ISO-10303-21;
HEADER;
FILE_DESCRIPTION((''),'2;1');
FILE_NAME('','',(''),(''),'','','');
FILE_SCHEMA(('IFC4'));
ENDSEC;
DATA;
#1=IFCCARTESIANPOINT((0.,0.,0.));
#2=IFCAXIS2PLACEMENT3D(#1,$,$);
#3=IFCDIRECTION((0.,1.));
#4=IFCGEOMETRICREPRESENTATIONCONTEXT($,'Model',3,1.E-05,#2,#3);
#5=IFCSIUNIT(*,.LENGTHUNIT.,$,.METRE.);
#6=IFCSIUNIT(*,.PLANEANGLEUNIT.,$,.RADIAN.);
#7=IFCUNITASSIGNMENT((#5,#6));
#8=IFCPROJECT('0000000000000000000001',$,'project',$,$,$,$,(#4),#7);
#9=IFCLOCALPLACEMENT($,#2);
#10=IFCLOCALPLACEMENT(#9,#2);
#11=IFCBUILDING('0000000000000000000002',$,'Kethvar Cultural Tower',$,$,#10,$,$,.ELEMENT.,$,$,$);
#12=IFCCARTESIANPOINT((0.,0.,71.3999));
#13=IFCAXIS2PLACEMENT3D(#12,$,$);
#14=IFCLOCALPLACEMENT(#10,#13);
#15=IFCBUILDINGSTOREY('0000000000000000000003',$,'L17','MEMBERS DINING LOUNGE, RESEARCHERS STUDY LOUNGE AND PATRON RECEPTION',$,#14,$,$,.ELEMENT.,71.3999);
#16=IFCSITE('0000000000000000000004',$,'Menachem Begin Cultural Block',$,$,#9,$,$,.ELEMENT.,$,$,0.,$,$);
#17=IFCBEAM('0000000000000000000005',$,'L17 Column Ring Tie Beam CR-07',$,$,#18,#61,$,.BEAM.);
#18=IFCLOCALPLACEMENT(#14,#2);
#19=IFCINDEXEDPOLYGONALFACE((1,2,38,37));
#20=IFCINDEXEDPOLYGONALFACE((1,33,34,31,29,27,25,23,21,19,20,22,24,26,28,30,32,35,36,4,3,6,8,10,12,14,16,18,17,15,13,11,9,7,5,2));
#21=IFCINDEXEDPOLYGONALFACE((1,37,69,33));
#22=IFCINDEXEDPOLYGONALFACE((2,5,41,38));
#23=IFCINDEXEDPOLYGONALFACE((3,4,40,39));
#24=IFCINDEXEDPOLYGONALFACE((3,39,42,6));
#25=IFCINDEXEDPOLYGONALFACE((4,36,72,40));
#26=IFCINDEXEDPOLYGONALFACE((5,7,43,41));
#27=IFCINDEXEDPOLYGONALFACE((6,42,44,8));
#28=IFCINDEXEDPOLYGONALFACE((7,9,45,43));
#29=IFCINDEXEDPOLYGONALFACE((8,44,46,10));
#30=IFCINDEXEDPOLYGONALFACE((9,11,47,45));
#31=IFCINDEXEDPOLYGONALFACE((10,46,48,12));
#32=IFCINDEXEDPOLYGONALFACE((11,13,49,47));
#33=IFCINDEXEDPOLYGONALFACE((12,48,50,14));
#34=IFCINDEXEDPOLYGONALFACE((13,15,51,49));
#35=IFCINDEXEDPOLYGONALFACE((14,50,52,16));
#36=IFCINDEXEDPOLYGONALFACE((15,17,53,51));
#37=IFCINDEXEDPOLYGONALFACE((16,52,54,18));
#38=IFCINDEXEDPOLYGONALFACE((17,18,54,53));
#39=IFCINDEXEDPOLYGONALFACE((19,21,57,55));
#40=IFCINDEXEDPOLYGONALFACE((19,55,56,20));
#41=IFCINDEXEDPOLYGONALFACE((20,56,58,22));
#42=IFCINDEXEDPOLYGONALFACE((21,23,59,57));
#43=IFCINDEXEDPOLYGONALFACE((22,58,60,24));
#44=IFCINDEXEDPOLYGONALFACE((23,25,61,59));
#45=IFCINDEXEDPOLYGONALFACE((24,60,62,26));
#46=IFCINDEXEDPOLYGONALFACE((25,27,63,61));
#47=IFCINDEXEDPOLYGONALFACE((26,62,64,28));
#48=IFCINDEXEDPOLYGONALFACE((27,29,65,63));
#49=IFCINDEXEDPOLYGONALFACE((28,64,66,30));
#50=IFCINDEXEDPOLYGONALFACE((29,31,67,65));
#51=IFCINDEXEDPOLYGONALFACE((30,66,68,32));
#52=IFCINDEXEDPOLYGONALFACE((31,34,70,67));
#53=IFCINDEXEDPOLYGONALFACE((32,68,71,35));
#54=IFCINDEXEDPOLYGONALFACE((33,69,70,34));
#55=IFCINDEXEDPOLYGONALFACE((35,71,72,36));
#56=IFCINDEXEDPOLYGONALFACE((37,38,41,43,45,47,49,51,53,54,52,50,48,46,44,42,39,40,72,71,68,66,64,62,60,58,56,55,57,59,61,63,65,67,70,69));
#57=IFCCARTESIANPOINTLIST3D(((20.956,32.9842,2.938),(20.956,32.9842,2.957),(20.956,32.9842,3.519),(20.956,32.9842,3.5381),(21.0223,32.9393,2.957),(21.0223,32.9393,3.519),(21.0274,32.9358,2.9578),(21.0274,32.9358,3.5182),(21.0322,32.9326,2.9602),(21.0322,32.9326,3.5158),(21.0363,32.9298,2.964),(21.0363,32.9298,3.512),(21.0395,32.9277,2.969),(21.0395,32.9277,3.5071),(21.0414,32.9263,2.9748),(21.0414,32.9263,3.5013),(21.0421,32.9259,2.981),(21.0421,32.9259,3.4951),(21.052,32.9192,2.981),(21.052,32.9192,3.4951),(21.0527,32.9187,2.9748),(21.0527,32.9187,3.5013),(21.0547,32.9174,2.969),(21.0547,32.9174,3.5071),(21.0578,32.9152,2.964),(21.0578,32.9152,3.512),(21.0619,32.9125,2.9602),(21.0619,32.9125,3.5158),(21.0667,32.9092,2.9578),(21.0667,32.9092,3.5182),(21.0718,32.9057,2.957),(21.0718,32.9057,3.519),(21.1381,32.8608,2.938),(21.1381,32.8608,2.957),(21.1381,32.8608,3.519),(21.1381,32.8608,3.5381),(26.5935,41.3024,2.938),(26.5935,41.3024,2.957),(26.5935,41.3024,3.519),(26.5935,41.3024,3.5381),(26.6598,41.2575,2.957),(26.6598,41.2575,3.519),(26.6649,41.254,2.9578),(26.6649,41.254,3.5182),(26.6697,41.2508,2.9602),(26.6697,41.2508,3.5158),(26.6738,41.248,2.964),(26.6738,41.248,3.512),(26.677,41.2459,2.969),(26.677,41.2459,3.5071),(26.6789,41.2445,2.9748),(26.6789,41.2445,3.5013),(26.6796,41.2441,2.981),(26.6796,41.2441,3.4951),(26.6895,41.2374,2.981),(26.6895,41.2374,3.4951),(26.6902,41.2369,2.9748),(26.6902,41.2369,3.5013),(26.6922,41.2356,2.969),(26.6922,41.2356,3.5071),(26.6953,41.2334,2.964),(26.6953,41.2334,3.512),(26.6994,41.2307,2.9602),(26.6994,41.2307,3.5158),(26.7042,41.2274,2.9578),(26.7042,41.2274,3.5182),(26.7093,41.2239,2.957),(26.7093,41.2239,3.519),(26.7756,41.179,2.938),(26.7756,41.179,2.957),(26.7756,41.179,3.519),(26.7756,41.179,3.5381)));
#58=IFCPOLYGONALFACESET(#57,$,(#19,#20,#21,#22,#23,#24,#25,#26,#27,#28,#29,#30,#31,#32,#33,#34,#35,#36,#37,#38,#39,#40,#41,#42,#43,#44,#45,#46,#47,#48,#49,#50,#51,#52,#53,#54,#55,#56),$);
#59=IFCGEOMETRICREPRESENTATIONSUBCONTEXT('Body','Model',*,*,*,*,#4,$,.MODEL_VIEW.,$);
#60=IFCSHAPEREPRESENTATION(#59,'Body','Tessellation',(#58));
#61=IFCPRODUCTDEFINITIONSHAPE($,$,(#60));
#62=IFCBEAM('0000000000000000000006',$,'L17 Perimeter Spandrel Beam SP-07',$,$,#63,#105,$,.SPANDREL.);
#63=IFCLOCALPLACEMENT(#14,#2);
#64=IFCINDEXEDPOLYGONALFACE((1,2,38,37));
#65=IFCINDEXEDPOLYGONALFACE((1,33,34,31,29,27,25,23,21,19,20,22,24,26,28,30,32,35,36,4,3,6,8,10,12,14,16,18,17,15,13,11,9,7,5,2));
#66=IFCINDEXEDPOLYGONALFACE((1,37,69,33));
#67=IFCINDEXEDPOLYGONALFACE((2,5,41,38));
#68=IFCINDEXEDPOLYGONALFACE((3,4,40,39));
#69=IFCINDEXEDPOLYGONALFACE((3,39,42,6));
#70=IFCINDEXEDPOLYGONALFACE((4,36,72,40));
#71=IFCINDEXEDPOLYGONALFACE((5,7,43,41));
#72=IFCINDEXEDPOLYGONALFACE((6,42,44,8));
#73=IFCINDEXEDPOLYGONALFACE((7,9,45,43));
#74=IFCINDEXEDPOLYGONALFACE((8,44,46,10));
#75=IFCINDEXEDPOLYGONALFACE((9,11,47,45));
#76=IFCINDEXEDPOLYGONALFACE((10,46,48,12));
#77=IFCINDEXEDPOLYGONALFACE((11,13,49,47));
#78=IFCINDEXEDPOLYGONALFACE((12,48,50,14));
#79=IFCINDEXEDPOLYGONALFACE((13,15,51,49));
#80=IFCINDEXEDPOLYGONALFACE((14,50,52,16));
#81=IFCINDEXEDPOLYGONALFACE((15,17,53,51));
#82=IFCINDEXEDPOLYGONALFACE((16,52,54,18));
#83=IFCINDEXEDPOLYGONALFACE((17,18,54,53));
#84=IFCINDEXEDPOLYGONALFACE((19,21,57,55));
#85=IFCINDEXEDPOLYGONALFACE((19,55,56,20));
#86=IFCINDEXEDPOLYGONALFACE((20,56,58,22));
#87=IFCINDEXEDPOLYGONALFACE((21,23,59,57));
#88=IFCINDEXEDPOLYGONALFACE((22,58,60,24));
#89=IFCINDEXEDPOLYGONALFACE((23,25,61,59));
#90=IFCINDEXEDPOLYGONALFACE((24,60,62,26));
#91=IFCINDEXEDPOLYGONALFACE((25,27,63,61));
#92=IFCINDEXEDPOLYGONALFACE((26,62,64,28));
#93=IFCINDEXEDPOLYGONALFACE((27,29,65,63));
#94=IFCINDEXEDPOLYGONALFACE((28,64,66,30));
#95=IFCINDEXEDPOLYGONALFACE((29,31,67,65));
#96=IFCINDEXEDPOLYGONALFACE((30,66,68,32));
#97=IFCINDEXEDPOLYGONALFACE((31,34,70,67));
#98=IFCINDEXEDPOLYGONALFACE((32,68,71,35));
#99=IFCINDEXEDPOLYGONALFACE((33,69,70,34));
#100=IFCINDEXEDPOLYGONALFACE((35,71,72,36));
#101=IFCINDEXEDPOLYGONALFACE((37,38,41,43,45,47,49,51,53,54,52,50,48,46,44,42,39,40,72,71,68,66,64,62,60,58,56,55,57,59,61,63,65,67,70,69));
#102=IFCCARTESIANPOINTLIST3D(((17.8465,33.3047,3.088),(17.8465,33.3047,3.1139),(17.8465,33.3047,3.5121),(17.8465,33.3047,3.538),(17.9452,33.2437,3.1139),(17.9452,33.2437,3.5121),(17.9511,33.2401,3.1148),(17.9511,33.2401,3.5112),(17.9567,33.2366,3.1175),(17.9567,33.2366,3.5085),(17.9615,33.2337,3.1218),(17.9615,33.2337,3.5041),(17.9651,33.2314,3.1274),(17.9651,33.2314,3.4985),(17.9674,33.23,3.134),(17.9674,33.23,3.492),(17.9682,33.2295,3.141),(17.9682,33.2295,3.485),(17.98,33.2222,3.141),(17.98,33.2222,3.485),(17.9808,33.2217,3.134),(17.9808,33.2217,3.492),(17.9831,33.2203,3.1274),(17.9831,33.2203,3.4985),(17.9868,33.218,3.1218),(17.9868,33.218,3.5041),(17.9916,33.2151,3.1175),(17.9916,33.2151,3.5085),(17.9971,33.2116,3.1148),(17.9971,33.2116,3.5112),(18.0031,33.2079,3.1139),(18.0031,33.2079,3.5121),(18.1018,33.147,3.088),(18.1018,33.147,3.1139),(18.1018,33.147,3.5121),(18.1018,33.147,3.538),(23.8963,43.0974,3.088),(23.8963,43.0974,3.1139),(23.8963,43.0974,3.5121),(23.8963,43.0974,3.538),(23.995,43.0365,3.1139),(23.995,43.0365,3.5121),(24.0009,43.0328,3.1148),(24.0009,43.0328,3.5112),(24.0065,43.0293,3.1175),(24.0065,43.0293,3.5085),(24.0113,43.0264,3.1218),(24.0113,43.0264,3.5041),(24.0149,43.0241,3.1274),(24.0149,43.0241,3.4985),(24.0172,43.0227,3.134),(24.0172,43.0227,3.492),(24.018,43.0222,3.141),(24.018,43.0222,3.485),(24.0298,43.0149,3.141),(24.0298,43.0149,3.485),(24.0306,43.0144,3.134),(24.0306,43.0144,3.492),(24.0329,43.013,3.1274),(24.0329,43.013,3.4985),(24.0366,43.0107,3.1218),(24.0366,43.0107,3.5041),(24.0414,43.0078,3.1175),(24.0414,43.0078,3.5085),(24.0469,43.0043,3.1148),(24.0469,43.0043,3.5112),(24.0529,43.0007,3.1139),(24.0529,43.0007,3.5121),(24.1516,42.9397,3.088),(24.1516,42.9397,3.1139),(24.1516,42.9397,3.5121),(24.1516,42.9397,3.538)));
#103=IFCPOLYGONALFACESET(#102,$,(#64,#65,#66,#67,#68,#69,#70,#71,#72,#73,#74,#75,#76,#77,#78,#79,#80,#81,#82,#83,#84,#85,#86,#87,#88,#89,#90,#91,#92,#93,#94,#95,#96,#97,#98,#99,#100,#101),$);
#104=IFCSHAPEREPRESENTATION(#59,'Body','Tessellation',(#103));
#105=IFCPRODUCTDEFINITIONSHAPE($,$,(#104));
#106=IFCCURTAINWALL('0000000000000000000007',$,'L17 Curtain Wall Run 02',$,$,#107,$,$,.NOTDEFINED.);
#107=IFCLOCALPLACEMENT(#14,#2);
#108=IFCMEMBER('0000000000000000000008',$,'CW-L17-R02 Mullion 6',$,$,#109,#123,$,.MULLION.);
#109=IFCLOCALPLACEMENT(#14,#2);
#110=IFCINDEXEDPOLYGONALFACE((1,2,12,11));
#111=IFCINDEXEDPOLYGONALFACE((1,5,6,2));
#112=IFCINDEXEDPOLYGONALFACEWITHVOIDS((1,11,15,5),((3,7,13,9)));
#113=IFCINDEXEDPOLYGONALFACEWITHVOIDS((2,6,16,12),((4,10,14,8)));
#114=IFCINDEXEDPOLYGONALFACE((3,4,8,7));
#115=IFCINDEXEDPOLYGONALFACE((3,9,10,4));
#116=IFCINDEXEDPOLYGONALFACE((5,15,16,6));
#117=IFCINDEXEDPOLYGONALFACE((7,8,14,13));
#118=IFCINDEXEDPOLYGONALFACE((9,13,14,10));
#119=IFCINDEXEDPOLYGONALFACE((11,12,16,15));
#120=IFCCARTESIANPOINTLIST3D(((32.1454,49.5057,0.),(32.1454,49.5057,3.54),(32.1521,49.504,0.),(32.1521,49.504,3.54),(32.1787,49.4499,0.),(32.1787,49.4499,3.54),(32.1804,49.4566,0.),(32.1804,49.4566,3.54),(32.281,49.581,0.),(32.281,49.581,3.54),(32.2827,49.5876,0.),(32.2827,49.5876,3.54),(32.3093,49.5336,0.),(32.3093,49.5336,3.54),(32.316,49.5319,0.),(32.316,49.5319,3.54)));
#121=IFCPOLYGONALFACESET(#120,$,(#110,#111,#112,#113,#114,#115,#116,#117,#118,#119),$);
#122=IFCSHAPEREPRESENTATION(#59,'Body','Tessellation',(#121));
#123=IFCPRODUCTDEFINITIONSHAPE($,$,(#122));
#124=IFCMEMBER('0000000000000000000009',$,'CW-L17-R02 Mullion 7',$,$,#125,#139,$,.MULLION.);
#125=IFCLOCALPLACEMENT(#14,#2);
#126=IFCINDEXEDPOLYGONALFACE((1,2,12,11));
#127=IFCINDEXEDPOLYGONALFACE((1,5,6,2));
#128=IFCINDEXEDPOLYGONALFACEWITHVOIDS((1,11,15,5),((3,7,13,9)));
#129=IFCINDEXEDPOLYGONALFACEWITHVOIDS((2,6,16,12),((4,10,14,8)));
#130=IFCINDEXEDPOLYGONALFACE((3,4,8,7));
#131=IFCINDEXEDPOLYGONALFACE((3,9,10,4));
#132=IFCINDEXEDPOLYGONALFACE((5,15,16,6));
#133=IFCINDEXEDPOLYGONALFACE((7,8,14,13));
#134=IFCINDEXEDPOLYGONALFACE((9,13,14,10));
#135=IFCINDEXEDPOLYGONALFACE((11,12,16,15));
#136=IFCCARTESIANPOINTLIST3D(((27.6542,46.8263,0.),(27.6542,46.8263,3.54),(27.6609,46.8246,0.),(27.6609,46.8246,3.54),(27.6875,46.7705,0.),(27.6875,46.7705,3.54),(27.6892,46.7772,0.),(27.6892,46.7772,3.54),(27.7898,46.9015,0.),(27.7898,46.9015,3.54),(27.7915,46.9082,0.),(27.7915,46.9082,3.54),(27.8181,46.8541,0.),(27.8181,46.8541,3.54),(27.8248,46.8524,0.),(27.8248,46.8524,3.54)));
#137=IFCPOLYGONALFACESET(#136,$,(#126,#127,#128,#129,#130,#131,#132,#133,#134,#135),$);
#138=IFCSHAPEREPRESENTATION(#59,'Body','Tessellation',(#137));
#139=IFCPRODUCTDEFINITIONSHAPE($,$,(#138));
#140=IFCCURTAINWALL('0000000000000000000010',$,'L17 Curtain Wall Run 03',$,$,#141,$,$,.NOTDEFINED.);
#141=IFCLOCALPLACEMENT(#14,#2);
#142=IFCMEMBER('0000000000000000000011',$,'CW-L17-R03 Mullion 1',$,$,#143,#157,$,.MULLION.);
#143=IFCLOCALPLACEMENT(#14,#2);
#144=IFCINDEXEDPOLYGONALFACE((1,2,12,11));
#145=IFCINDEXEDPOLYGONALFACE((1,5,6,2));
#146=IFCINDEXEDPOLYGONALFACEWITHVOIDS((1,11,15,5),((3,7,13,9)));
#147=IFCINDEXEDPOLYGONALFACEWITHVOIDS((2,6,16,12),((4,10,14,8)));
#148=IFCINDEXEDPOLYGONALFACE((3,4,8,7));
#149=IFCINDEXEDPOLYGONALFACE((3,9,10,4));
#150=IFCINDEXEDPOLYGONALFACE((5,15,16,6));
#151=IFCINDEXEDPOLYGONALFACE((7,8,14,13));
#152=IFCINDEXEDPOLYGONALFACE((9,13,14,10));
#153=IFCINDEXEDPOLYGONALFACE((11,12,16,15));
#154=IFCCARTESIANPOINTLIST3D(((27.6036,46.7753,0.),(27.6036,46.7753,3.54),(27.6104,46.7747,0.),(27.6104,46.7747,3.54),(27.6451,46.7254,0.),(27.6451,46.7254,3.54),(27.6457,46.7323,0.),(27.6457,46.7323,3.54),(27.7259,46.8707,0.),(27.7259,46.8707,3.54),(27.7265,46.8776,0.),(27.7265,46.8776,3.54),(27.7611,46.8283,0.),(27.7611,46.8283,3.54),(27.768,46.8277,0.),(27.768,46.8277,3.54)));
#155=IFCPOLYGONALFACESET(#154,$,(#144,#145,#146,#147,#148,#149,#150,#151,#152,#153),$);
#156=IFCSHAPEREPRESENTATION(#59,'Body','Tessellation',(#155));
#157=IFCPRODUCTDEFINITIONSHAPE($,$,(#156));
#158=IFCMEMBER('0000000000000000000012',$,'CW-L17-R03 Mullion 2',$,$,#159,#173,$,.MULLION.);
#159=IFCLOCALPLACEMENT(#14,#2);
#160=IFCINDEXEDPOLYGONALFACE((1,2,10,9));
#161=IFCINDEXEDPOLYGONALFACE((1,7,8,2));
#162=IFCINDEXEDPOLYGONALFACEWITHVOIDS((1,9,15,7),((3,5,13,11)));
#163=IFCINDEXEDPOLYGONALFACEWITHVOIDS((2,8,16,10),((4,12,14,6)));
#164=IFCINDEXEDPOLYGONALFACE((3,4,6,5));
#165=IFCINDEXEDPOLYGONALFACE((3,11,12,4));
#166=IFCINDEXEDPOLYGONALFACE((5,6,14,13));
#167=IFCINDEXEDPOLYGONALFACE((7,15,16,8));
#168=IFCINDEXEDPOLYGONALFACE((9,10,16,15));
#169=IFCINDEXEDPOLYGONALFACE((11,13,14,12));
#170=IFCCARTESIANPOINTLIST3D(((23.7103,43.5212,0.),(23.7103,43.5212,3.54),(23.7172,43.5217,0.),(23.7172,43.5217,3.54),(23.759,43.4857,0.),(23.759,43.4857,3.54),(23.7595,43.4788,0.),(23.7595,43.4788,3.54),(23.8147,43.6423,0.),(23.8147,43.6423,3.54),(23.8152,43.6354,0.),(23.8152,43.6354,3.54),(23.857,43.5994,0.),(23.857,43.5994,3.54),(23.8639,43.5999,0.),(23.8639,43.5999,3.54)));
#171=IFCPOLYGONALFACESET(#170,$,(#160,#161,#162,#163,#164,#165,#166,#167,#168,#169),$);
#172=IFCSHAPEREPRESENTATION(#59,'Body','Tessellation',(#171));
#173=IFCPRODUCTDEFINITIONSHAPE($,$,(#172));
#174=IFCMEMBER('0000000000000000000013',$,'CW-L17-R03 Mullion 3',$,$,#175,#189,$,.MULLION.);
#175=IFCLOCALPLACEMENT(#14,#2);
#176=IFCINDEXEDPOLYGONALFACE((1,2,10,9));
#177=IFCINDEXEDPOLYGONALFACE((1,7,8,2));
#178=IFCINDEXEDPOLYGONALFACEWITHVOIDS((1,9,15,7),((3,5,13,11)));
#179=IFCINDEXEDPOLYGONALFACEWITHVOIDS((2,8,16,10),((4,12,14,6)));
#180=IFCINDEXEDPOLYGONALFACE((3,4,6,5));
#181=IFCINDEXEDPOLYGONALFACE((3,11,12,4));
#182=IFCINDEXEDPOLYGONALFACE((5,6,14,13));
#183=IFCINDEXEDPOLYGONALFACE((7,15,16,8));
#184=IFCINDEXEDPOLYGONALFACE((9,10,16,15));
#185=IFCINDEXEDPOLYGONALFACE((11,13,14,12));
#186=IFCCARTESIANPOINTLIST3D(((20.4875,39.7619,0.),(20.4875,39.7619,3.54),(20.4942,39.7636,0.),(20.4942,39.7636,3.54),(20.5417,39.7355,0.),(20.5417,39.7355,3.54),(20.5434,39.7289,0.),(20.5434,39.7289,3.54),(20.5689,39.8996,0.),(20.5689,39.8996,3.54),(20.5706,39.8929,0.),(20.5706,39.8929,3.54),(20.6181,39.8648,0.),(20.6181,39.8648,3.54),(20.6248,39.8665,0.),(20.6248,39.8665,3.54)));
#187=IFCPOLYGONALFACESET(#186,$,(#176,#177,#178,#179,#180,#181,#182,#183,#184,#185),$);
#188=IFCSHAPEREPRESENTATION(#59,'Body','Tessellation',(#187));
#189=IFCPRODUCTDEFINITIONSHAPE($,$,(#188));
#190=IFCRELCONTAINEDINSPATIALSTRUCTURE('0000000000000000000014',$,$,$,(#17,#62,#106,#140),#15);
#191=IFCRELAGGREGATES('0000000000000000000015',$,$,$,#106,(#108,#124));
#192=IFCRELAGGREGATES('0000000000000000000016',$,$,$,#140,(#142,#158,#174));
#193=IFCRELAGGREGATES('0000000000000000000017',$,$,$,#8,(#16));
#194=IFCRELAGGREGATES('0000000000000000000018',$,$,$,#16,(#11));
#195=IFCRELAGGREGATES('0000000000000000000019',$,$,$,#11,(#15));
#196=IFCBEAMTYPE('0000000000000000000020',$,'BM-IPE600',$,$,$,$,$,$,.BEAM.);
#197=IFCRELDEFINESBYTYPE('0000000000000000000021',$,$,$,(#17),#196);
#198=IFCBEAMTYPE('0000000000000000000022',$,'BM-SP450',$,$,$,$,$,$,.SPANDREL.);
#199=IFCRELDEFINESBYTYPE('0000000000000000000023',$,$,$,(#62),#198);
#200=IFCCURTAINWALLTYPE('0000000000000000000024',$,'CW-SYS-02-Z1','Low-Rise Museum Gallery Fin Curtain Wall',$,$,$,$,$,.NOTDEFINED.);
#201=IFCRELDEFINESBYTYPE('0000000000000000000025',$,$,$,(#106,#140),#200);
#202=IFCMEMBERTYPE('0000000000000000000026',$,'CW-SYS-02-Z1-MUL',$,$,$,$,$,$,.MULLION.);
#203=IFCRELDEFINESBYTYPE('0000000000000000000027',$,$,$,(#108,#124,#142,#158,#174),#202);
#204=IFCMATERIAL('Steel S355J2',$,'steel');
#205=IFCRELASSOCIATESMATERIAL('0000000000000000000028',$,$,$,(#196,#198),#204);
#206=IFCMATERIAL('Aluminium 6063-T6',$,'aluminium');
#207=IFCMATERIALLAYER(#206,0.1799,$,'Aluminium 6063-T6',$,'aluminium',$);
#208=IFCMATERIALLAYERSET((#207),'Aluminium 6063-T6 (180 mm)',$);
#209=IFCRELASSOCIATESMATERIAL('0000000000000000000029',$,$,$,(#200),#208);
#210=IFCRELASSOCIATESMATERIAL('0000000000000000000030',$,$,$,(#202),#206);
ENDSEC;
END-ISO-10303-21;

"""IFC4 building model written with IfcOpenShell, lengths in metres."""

from ifc_helpers import new_model, si_unit, direction, frame, origin, origin_2d, place, context, subcontext, project, spatial, hollow_rectangle, i_section, extrude, source, transform, mapped, material, layer, layer_set, material_profile, profile_set, type_object, element, aggregate, save


model = new_model("IFC4")

# Units and contexts
model_context = context("Model", 3, precision=1e-05, world=origin(), true_north=direction((0.0, 1.0)))
body_context = subcontext(model_context, "Body", "Model", "MODEL_VIEW")
ifc_project = project(units=[si_unit("LENGTHUNIT", "METRE"), si_unit("PLANEANGLEUNIT", "RADIAN")], contexts=[model_context])

# Site, building, storey
site_placement = place(None, origin())
site = spatial("IfcSite", under=ifc_project, at=site_placement, Name="Menachem Begin Cultural Block", CompositionType="ELEMENT", RefElevation=0.0)
building_placement = place(site_placement, origin())
building = spatial("IfcBuilding", under=site, at=building_placement, Name="Kethvar Cultural Tower", CompositionType="ELEMENT")
storey_placement = place(building_placement, frame((0.0, 0.0, 71.3999)))
storey = spatial("IfcBuildingStorey", under=building, at=storey_placement, Name="L17", Description="MEMBERS DINING LOUNGE, RESEARCHERS STUDY LOUNGE AND PATRON RECEPTION", CompositionType="ELEMENT", Elevation=71.3999)

# Beams
ifc_material_1 = material(Name="Steel S355J2", Category="steel")
ifc_material_profile_1 = material_profile(ifc_material_1, i_section(OverallWidth=0.22, OverallDepth=0.6001, WebThickness=0.012, FlangeThickness=0.019, FilletRadius=0.0239, at=origin_2d()), Name="Steel S355J2 — IPE600")
ifc_profile_set_1 = profile_set([ifc_material_profile_1], Name="Steel S355J2 — IPE600")
beam_type_1 = type_object("IfcBeamType", Name="BM-IPE600", PredefinedType="BEAM", material=ifc_profile_set_1)
ifc_material_profile_2 = material_profile(ifc_material_1, i_section(OverallWidth=0.3, OverallDepth=0.45, WebThickness=0.0139, FlangeThickness=0.0259, FilletRadius=0.0271, at=origin_2d()), Name="Steel S355J2 — HEB450")
ifc_profile_set_2 = profile_set([ifc_material_profile_2], Name="Steel S355J2 — HEB450")
beam_type_2 = type_object("IfcBeamType", Name="BM-SP450", PredefinedType="SPANDREL", material=ifc_profile_set_2)
shared_shape_1 = source(origin(), body_context, "Body", "SweptSolid", [
    extrude(i_section(OverallWidth=0.22, OverallDepth=0.6001, WebThickness=0.012, FlangeThickness=0.019, FilletRadius=0.0239, at=origin_2d()), origin(), (0.0, 0.0, 1.0), 10.0486),
])
beam_1_placement = place(storey_placement, frame((26.6846, 41.2407, 3.238), z_axis=(-0.561025, -0.827799, 0.0), x_axis=(0.827799, -0.561025, 0.0)))
element("IfcBeam", 1, at=beam_1_placement, inside=storey, type_object=beam_type_1, Name="L17 Column Ring Tie Beam CR-07", PredefinedType="BEAM", context=body_context, shape_type="MappedRepresentation", body=[
    mapped(shared_shape_1, transform((0.0, 0.0, 0.0), scale=1.0)),
])
shared_shape_2 = source(origin(), body_context, "Body", "SweptSolid", [
    extrude(i_section(OverallWidth=0.3, OverallDepth=0.45, WebThickness=0.0139, FlangeThickness=0.0259, FilletRadius=0.0271, at=origin_2d()), origin(), (0.0, 0.0, 1.0), 11.5107),
])
beam_2_placement = place(storey_placement, frame((24.0239, 43.0186, 3.313), z_axis=(-0.525578, -0.850745, 0.0), x_axis=(0.850745, -0.525578, 0.0)))
element("IfcBeam", 2, at=beam_2_placement, inside=storey, type_object=beam_type_2, Name="L17 Perimeter Spandrel Beam SP-07", PredefinedType="SPANDREL", context=body_context, shape_type="MappedRepresentation", body=[
    mapped(shared_shape_2, transform((0.0, 0.0, 0.0), scale=1.0)),
])

# Curtain walls, members
ifc_material_2 = material(Name="Aluminium 6063-T6", Category="aluminium")
ifc_layer_1 = layer(ifc_material_2, 0.1799, Name="Aluminium 6063-T6", Category="aluminium")
ifc_layer_set_1 = layer_set([ifc_layer_1], Name="Aluminium 6063-T6 (180 mm)")
curtain_wall_type = type_object("IfcCurtainWallType", Name="CW-SYS-02-Z1", Description="Low-Rise Museum Gallery Fin Curtain Wall", PredefinedType="NOTDEFINED", material=ifc_layer_set_1)
curtain_wall_1_placement = place(storey_placement, origin())
curtain_wall_1 = element("IfcCurtainWall", 3, at=curtain_wall_1_placement, inside=storey, type_object=curtain_wall_type, Name="L17 Curtain Wall Run 02", PredefinedType="NOTDEFINED")
ifc_material_profile_3 = material_profile(ifc_material_2, hollow_rectangle(XDim=0.0649, YDim=0.1599, WallThickness=0.0049, at=origin_2d()), Name="Aluminium 6063-T6 — RHS160x65x5")
ifc_profile_set_3 = profile_set([ifc_material_profile_3], Name="Aluminium 6063-T6 — RHS160x65x5")
member_type_1 = type_object("IfcMemberType", Name="CW-SYS-02-Z1-MUL", PredefinedType="MULLION", material=ifc_profile_set_3)
shared_shape_3 = source(origin(), body_context, "Body", "SweptSolid", [
    extrude(hollow_rectangle(XDim=0.0649, YDim=0.1599, WallThickness=0.0049, at=origin_2d()), origin(), (0.0, 0.0, 1.0), 3.54),
])
member_1_placement = place(storey_placement, frame((32.2307, 49.5188, 0.0), z_axis=(0.0, 0.0, 1.0), x_axis=(0.512343, -0.858781, 0.0)))
member_1 = element("IfcMember", 4, at=member_1_placement, type_object=member_type_1, Name="CW-L17-R02 Mullion 6", PredefinedType="MULLION", context=body_context, shape_type="MappedRepresentation", body=[
    mapped(shared_shape_3, transform((0.0, 0.0, 0.0), scale=1.0)),
])
member_2_placement = place(storey_placement, frame((27.7395, 46.8394, 0.0), z_axis=(0.0, 0.0, 1.0), x_axis=(0.512343, -0.858781, 0.0)))
member_2 = element("IfcMember", 5, at=member_2_placement, type_object=member_type_1, Name="CW-L17-R02 Mullion 7", PredefinedType="MULLION", context=body_context, shape_type="MappedRepresentation", body=[
    mapped(shared_shape_3, transform((0.0, 0.0, 0.0), scale=1.0)),
])
curtain_wall_2_placement = place(storey_placement, origin())
curtain_wall_2 = element("IfcCurtainWall", 6, at=curtain_wall_2_placement, inside=storey, type_object=curtain_wall_type, Name="L17 Curtain Wall Run 03", PredefinedType="NOTDEFINED")
member_3_placement = place(storey_placement, frame((27.6858, 46.8015, 0.0), z_axis=(0.0, 0.0, 1.0), x_axis=(0.63952, -0.768775, 0.0)))
member_3 = element("IfcMember", 7, at=member_3_placement, type_object=member_type_1, Name="CW-L17-R03 Mullion 1", PredefinedType="MULLION", context=body_context, shape_type="MappedRepresentation", body=[
    mapped(shared_shape_3, transform((0.0, 0.0, 0.0), scale=1.0)),
])
member_4_placement = place(storey_placement, frame((23.7871, 43.5605, 0.0), z_axis=(0.0, 0.0, 1.0), x_axis=(0.757497, -0.652839, 0.0)))
member_4 = element("IfcMember", 8, at=member_4_placement, type_object=member_type_1, Name="CW-L17-R03 Mullion 2", PredefinedType="MULLION", context=body_context, shape_type="MappedRepresentation", body=[
    mapped(shared_shape_3, transform((0.0, 0.0, 0.0), scale=1.0)),
])
member_5_placement = place(storey_placement, frame((20.5562, 39.8142, 0.0), z_axis=(0.0, 0.0, 1.0), x_axis=(0.860724, -0.509071, 0.0)))
member_5 = element("IfcMember", 9, at=member_5_placement, type_object=member_type_1, Name="CW-L17-R03 Mullion 3", PredefinedType="MULLION", context=body_context, shape_type="MappedRepresentation", body=[
    mapped(shared_shape_3, transform((0.0, 0.0, 0.0), scale=1.0)),
])

aggregate(curtain_wall_1, [member_1, member_2])
aggregate(curtain_wall_2, [member_3, member_4, member_5])

save(model, "model.ifc")
